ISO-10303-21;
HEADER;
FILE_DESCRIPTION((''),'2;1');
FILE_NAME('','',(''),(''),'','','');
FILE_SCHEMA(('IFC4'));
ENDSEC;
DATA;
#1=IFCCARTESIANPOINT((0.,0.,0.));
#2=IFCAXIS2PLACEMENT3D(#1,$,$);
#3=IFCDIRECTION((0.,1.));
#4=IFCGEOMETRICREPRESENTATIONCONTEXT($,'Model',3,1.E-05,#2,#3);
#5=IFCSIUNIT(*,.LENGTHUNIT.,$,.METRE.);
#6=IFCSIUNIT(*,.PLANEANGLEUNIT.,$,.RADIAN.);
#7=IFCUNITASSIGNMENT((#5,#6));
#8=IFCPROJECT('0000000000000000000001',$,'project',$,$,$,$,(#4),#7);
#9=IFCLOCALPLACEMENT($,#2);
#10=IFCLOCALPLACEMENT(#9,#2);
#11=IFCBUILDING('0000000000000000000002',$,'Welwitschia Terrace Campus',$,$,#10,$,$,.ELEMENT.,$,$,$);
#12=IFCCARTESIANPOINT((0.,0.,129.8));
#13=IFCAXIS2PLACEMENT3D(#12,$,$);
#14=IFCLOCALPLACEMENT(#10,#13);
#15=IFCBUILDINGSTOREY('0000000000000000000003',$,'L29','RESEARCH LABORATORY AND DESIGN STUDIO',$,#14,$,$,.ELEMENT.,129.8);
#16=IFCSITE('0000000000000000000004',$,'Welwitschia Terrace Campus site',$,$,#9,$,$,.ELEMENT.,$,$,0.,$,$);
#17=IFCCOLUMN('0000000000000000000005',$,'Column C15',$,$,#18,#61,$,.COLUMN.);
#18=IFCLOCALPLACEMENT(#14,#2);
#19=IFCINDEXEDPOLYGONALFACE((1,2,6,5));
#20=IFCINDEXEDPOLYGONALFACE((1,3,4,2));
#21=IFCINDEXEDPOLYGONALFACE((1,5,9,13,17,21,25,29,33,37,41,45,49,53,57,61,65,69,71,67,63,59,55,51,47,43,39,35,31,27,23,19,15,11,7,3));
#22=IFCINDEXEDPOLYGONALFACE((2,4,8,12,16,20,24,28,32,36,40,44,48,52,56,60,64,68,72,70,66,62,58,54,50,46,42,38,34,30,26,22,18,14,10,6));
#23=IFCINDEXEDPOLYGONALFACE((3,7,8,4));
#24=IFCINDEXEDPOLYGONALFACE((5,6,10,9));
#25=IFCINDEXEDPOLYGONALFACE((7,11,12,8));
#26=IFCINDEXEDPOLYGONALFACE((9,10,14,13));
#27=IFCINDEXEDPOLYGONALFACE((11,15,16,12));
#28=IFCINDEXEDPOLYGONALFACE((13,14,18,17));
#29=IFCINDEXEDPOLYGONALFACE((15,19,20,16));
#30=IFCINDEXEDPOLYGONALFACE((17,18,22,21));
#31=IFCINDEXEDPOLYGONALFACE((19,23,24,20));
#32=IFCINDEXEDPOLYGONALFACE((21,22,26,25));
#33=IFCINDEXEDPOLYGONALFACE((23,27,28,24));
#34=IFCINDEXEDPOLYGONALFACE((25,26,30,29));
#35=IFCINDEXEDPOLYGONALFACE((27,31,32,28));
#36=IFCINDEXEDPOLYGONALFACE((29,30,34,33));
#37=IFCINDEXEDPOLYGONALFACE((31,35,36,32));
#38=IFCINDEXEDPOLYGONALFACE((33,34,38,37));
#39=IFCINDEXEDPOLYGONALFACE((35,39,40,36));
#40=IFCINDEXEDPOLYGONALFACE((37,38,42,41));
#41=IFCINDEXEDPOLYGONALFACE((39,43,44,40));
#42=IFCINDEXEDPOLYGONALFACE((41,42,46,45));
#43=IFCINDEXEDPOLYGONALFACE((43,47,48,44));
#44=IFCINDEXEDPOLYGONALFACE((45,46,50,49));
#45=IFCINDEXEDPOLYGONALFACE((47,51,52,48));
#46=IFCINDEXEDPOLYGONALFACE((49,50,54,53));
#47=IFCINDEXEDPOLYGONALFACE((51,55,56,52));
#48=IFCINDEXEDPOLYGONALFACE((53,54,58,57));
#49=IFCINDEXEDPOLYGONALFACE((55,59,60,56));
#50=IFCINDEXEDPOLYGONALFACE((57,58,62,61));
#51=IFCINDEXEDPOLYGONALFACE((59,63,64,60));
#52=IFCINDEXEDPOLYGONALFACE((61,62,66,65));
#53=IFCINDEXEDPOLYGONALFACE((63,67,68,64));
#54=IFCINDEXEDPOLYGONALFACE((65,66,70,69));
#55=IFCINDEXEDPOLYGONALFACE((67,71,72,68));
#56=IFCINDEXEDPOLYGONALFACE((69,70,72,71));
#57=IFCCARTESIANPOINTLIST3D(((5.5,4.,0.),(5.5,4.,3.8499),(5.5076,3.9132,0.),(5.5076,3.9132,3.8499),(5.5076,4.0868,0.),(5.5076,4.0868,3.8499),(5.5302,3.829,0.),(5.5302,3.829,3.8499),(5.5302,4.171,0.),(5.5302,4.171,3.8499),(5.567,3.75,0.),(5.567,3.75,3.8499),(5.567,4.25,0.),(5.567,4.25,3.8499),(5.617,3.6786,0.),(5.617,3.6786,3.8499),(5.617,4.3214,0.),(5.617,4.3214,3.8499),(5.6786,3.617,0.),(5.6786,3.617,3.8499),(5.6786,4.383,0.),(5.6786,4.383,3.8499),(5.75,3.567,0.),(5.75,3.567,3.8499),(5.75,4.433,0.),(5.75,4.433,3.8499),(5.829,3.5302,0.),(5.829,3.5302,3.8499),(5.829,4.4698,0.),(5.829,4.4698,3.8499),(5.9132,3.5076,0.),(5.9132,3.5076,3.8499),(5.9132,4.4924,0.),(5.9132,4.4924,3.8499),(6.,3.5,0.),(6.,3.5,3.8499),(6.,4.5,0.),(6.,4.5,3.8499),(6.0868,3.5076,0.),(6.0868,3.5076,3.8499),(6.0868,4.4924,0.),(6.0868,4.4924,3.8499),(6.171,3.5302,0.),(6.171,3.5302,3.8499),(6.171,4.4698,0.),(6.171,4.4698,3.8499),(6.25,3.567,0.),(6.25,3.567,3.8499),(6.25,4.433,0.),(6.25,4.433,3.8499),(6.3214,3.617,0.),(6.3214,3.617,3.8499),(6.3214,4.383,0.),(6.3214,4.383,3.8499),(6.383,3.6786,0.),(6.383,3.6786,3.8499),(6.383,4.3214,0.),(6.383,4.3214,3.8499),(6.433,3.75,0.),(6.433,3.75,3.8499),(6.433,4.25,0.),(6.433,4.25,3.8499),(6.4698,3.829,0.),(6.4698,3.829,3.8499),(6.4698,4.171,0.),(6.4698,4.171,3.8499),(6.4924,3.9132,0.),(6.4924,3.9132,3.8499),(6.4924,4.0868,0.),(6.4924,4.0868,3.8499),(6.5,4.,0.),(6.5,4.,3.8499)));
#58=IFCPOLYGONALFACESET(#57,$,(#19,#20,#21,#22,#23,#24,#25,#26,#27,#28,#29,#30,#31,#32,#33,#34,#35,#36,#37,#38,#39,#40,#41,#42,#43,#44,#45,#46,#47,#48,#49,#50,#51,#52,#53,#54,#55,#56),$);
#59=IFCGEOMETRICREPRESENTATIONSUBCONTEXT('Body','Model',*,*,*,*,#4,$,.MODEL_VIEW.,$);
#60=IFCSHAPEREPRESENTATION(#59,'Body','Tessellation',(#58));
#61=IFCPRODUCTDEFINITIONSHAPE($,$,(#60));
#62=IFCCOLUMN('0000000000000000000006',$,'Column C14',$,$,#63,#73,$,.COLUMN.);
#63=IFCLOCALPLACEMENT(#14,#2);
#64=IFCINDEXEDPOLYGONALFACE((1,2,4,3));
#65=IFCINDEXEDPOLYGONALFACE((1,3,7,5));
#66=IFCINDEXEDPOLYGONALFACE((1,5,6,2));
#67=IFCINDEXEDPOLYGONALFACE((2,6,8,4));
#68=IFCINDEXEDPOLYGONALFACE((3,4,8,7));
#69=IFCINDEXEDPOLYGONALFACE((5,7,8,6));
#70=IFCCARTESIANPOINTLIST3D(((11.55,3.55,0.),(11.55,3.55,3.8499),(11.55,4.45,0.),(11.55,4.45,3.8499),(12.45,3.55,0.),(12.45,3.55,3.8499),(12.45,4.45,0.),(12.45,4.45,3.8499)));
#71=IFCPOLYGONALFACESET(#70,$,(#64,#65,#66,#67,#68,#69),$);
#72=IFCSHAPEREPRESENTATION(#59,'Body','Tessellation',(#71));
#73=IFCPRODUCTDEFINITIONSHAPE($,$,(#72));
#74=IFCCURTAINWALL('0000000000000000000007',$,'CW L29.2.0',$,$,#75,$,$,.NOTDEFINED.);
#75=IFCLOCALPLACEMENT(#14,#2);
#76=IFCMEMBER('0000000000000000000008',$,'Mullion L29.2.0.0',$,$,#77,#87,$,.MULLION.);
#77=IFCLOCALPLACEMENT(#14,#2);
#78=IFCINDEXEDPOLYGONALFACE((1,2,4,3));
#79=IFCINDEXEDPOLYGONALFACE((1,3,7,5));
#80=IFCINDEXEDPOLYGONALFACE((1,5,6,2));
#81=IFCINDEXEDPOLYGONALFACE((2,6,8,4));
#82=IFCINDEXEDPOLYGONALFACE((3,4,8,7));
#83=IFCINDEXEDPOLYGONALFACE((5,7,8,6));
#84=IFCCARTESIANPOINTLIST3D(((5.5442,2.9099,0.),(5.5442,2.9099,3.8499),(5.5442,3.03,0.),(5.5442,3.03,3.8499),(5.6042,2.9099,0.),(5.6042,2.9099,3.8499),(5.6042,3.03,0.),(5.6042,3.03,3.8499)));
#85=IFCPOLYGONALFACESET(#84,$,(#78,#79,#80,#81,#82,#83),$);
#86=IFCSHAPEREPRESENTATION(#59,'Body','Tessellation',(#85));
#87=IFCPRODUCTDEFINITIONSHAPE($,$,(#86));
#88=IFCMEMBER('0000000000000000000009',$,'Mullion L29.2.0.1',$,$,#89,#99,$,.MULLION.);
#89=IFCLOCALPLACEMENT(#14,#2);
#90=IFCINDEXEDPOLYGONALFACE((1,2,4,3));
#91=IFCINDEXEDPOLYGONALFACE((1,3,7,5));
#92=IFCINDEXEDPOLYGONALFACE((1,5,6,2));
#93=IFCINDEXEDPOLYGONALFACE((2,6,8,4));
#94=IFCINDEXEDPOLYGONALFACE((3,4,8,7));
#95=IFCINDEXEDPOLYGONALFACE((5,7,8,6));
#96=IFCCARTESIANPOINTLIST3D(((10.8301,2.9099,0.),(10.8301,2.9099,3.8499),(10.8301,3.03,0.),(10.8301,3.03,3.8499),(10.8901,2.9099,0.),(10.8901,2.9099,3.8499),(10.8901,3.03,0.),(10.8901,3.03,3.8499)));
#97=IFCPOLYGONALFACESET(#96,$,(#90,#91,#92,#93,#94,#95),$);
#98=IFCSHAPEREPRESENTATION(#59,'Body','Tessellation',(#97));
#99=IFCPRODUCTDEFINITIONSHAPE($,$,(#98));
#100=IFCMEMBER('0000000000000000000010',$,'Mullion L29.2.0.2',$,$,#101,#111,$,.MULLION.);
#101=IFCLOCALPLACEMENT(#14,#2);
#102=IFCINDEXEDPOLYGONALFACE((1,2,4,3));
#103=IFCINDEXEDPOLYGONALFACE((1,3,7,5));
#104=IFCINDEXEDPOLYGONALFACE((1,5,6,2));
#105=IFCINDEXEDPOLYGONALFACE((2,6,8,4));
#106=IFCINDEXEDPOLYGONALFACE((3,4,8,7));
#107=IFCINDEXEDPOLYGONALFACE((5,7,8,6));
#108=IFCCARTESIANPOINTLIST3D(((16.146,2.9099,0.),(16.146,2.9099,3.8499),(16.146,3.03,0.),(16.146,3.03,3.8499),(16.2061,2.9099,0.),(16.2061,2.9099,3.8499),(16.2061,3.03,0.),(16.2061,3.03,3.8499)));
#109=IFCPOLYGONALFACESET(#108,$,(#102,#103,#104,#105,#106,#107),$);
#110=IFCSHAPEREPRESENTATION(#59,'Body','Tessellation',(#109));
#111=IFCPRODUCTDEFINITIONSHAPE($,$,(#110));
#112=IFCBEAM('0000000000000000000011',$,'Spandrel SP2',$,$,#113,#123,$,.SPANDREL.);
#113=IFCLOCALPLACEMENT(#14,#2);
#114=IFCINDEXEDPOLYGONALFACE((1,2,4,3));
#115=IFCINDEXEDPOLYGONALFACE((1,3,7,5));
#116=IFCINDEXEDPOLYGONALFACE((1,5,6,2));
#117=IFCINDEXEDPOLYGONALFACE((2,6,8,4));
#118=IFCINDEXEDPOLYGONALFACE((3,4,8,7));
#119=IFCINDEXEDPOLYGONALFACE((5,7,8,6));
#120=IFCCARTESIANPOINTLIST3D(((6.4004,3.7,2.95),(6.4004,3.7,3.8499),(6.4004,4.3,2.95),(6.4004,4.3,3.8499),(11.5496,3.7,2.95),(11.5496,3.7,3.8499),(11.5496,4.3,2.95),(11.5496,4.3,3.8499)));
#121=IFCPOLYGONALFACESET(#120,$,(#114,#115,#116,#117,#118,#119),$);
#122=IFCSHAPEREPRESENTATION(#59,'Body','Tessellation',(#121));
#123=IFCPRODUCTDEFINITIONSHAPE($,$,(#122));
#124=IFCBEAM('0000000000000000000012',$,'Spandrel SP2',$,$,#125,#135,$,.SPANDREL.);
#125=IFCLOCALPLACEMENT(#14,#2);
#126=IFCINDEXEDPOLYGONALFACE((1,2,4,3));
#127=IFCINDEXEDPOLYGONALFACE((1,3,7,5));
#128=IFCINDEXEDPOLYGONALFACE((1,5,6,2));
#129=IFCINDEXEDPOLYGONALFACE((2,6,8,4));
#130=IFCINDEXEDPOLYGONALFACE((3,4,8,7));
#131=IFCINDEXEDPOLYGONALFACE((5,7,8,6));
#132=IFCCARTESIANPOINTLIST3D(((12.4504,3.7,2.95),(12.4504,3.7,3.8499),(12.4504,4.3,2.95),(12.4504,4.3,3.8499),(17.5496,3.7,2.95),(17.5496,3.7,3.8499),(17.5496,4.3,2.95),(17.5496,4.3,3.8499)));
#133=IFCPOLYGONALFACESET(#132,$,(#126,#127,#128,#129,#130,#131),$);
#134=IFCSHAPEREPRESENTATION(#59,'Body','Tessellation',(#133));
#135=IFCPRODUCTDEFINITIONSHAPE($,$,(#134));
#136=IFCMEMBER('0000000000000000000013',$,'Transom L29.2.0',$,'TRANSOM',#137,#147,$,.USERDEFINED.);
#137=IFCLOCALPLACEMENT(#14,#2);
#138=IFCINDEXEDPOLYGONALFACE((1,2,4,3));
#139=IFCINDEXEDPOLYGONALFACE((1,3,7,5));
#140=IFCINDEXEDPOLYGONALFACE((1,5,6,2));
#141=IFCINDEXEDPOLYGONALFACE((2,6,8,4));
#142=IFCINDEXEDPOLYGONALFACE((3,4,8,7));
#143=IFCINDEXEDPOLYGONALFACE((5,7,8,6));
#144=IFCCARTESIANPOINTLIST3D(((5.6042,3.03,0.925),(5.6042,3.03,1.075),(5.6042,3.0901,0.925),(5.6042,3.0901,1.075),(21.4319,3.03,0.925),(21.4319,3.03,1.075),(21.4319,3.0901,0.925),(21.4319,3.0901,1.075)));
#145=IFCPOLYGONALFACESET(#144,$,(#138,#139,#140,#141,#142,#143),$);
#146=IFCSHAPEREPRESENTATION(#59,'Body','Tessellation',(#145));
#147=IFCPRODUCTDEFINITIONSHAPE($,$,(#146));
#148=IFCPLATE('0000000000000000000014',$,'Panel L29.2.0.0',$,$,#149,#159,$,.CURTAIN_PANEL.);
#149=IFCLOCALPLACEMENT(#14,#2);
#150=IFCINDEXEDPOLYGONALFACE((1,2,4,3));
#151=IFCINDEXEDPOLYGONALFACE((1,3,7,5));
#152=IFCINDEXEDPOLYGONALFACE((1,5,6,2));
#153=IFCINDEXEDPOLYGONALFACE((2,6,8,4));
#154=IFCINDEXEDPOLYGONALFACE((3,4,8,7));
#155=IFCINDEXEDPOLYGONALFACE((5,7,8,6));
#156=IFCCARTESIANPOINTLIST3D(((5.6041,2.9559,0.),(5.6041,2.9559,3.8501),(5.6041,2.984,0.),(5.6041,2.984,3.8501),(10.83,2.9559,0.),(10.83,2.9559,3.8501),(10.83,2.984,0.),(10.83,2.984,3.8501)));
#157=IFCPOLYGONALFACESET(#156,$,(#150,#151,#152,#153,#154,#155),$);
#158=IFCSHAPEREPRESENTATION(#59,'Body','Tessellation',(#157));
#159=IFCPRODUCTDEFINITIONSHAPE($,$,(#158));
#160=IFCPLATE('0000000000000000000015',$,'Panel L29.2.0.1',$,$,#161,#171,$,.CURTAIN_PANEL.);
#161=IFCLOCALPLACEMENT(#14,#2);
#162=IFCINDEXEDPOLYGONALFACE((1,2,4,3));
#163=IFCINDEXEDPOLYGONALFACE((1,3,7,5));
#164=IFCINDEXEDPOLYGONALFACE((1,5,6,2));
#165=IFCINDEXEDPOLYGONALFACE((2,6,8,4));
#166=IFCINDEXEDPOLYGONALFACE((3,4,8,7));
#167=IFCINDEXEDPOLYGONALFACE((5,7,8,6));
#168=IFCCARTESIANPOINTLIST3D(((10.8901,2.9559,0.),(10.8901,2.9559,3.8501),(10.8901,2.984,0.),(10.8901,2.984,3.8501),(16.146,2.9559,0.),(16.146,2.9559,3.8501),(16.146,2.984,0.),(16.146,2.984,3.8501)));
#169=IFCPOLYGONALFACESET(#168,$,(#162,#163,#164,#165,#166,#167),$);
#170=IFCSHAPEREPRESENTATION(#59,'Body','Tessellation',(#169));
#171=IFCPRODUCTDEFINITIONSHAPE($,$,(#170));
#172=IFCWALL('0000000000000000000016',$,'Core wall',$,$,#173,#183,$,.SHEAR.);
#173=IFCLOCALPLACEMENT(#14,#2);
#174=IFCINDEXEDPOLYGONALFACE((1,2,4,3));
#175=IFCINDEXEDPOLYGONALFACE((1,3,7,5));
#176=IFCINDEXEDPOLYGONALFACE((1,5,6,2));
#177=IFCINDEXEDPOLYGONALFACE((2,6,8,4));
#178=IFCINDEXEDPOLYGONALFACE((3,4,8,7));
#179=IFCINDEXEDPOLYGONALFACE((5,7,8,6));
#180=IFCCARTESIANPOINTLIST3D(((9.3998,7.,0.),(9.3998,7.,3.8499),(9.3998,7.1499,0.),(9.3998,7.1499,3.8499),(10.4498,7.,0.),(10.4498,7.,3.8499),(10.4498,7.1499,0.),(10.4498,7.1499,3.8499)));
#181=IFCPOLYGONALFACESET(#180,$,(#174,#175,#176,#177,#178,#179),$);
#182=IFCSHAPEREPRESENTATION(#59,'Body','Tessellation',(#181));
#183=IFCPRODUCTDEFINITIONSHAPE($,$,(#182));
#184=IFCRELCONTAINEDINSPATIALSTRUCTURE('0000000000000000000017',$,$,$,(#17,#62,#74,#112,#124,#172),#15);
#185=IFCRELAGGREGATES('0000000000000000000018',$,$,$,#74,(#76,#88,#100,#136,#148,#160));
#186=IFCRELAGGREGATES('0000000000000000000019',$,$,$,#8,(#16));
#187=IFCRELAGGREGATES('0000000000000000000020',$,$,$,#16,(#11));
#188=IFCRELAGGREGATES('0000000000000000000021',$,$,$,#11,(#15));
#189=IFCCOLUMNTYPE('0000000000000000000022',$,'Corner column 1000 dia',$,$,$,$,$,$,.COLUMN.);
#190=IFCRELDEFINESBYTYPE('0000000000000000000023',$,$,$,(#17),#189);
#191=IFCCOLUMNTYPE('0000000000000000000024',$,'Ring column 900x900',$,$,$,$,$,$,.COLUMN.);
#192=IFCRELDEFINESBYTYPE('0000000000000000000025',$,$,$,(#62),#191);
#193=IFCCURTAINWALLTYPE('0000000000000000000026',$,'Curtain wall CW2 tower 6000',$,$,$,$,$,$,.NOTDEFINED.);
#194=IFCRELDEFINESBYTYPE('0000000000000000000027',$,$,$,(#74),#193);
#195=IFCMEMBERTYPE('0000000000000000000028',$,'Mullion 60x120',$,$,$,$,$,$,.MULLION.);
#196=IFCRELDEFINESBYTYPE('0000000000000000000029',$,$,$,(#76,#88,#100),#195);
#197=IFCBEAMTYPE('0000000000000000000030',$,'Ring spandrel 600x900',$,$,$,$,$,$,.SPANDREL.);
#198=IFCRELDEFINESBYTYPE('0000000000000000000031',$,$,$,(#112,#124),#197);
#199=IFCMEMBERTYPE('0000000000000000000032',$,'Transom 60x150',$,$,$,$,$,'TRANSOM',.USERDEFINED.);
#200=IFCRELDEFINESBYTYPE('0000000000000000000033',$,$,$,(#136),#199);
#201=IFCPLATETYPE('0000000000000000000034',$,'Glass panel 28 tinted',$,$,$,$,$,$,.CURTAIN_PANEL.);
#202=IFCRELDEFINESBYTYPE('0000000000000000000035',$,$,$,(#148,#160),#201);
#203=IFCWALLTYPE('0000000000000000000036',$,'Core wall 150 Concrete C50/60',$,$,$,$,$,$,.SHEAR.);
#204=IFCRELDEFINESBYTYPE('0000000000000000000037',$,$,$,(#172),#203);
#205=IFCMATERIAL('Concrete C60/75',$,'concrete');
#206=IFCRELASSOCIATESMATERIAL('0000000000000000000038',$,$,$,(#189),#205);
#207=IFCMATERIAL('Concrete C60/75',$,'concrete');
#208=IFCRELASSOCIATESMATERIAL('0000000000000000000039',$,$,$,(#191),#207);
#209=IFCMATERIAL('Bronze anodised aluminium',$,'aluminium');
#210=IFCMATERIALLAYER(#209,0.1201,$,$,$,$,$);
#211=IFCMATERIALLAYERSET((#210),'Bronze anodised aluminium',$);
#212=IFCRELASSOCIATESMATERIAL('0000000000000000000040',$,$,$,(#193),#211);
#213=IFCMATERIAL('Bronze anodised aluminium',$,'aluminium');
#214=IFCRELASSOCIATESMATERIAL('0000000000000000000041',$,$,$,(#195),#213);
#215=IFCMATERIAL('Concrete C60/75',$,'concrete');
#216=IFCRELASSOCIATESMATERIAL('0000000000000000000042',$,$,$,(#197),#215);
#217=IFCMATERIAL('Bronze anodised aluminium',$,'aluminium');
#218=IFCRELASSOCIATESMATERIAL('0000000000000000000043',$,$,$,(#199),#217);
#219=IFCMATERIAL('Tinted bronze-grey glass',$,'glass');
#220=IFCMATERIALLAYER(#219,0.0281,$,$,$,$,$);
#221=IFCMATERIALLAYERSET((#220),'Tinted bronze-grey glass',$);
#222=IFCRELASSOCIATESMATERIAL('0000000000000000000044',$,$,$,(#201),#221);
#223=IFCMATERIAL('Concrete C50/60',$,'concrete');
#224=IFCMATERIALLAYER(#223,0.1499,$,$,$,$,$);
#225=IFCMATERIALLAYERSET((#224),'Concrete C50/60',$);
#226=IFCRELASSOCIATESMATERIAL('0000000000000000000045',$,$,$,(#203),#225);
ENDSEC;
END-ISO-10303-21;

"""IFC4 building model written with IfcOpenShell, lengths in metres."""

from ifc_helpers import new_model, si_unit, direction, frame, frame_2d, origin, origin_2d, place, context, subcontext, project, spatial, rectangle, circle, extrude, material, layer, layer_set, material_profile, profile_set, type_object, element, aggregate, save


model = new_model("IFC4")

# Units and contexts
model_context = context("Model", 3, precision=1e-05, world=origin(), true_north=direction((0.0, 1.0)))
body_context = subcontext(model_context, "Body", "Model", "MODEL_VIEW")
ifc_project = project(units=[si_unit("LENGTHUNIT", "METRE"), si_unit("PLANEANGLEUNIT", "RADIAN")], contexts=[model_context])

# Site, building, storey
site_placement = place(None, origin())
site = spatial("IfcSite", under=ifc_project, at=site_placement, Name="Welwitschia Terrace Campus site", CompositionType="ELEMENT", RefElevation=0.0)
building_placement = place(site_placement, origin())
building = spatial("IfcBuilding", under=site, at=building_placement, Name="Welwitschia Terrace Campus", CompositionType="ELEMENT")
storey_placement = place(building_placement, frame((0.0, 0.0, 129.8)))
storey = spatial("IfcBuildingStorey", under=building, at=storey_placement, Name="L29", Description="RESEARCH LABORATORY AND DESIGN STUDIO", CompositionType="ELEMENT", Elevation=129.8)

# Columns
ifc_material_1 = material(Name="Concrete C60/75", Category="concrete")
ifc_material_profile_1 = material_profile(ifc_material_1, circle(Radius=0.5, at=origin_2d()))
ifc_profile_set_1 = profile_set([ifc_material_profile_1], Name="Concrete C60/75")
column_type_1 = type_object("IfcColumnType", Name="Corner column 1000 dia", PredefinedType="COLUMN", material=ifc_profile_set_1)
column_1_placement = place(storey_placement, frame((6.0, 4.0, 0.0), z_axis=(0.0, 0.0, 1.0), x_axis=(1.0, 0.0, 0.0)))
element("IfcColumn", 1, at=column_1_placement, inside=storey, type_object=column_type_1, Name="Column C15", PredefinedType="COLUMN", context=body_context, shape_type="SweptSolid", body=[
    extrude(circle(Radius=0.5, at=origin_2d()), origin(), (0.0, 0.0, 1.0), 3.8499),
])
ifc_material_2 = material(Name="Concrete C60/75", Category="concrete")
ifc_material_profile_2 = material_profile(ifc_material_2, rectangle(XDim=0.8999, YDim=0.8999, at=origin_2d()))
ifc_profile_set_2 = profile_set([ifc_material_profile_2], Name="Concrete C60/75")
column_type_2 = type_object("IfcColumnType", Name="Ring column 900x900", PredefinedType="COLUMN", material=ifc_profile_set_2)
column_2_placement = place(storey_placement, frame((12.0, 4.0, 0.0), z_axis=(0.0, 0.0, 1.0), x_axis=(1.0, 0.0, 0.0)))
element("IfcColumn", 2, at=column_2_placement, inside=storey, type_object=column_type_2, Name="Column C14", PredefinedType="COLUMN", context=body_context, shape_type="SweptSolid", body=[
    extrude(rectangle(XDim=0.8999, YDim=0.8999, at=origin_2d()), origin(), (0.0, 0.0, 1.0), 3.8499),
])

# Curtain wall, members
ifc_material_3 = material(Name="Bronze anodised aluminium", Category="aluminium")
ifc_layer_1 = layer(ifc_material_3, 0.1201)
ifc_layer_set_1 = layer_set([ifc_layer_1], Name="Bronze anodised aluminium")
curtain_wall_type = type_object("IfcCurtainWallType", Name="Curtain wall CW2 tower 6000", PredefinedType="NOTDEFINED", material=ifc_layer_set_1)
curtain_wall_placement = place(storey_placement, origin())
curtain_wall = element("IfcCurtainWall", 3, at=curtain_wall_placement, inside=storey, type_object=curtain_wall_type, Name="CW L29.2.0", PredefinedType="NOTDEFINED")
ifc_material_4 = material(Name="Bronze anodised aluminium", Category="aluminium")
ifc_material_profile_3 = material_profile(ifc_material_4, rectangle(XDim=0.1201, YDim=0.0601, at=origin_2d()))
ifc_profile_set_3 = profile_set([ifc_material_profile_3], Name="Bronze anodised aluminium")
member_type_1 = type_object("IfcMemberType", Name="Mullion 60x120", PredefinedType="MULLION", material=ifc_profile_set_3)
member_1_placement = place(storey_placement, frame((5.5742, 2.97, 0.0), z_axis=(0.0, 0.0, 1.0), x_axis=(0.0, 1.0, 0.0)))
member_1 = element("IfcMember", 4, at=member_1_placement, type_object=member_type_1, Name="Mullion L29.2.0.0", PredefinedType="MULLION", context=body_context, shape_type="SweptSolid", body=[
    extrude(rectangle(XDim=0.1201, YDim=0.0601, at=origin_2d()), origin(), (0.0, 0.0, 1.0), 3.8499),
])
member_2_placement = place(storey_placement, frame((10.8601, 2.97, 0.0), z_axis=(0.0, 0.0, 1.0), x_axis=(0.0, 1.0, 0.0)))
member_2 = element("IfcMember", 5, at=member_2_placement, type_object=member_type_1, Name="Mullion L29.2.0.1", PredefinedType="MULLION", context=body_context, shape_type="SweptSolid", body=[
    extrude(rectangle(XDim=0.1201, YDim=0.0601, at=origin_2d()), origin(), (0.0, 0.0, 1.0), 3.8499),
])
member_3_placement = place(storey_placement, frame((16.176, 2.97, 0.0), z_axis=(0.0, 0.0, 1.0), x_axis=(0.0, 1.0, 0.0)))
member_3 = element("IfcMember", 6, at=member_3_placement, type_object=member_type_1, Name="Mullion L29.2.0.2", PredefinedType="MULLION", context=body_context, shape_type="SweptSolid", body=[
    extrude(rectangle(XDim=0.1201, YDim=0.0601, at=origin_2d()), origin(), (0.0, 0.0, 1.0), 3.8499),
])

# Beams
ifc_material_5 = material(Name="Concrete C60/75", Category="concrete")
ifc_material_profile_4 = material_profile(ifc_material_5, rectangle(XDim=0.6001, YDim=0.8999, at=origin_2d()))
ifc_profile_set_4 = profile_set([ifc_material_profile_4], Name="Concrete C60/75")
beam_type = type_object("IfcBeamType", Name="Ring spandrel 600x900", PredefinedType="SPANDREL", material=ifc_profile_set_4)
beam_1_placement = place(storey_placement, frame((6.4004, 4.0, 3.3999), z_axis=(1.0, 0.0, 0.0), x_axis=(0.0, 1.0, 0.0)))
element("IfcBeam", 7, at=beam_1_placement, inside=storey, type_object=beam_type, Name="Spandrel SP2", PredefinedType="SPANDREL", context=body_context, shape_type="SweptSolid", body=[
    extrude(rectangle(XDim=0.6001, YDim=0.8999, at=origin_2d()), origin(), (0.0, 0.0, 1.0), 5.1492),
])
beam_2_placement = place(storey_placement, frame((12.4504, 4.0, 3.3999), z_axis=(1.0, 0.0, 0.0), x_axis=(0.0, 1.0, 0.0)))
element("IfcBeam", 8, at=beam_2_placement, inside=storey, type_object=beam_type, Name="Spandrel SP2", PredefinedType="SPANDREL", context=body_context, shape_type="SweptSolid", body=[
    extrude(rectangle(XDim=0.6001, YDim=0.8999, at=origin_2d()), origin(), (0.0, 0.0, 1.0), 5.0991),
])

# Member
ifc_material_6 = material(Name="Bronze anodised aluminium", Category="aluminium")
ifc_material_profile_5 = material_profile(ifc_material_6, rectangle(XDim=0.0601, YDim=0.1499, at=origin_2d()))
ifc_profile_set_5 = profile_set([ifc_material_profile_5], Name="Bronze anodised aluminium")
member_type_2 = type_object("IfcMemberType", Name="Transom 60x150", ElementType="TRANSOM", PredefinedType="USERDEFINED", material=ifc_profile_set_5)
member_4_placement = place(storey_placement, frame((5.6042, 3.0601, 1.0), z_axis=(1.0, 0.0, 0.0), x_axis=(0.0, 1.0, 0.0)))
member_4 = element("IfcMember", 9, at=member_4_placement, type_object=member_type_2, Name="Transom L29.2.0", ObjectType="TRANSOM", PredefinedType="USERDEFINED", context=body_context, shape_type="SweptSolid", body=[
    extrude(rectangle(XDim=0.0601, YDim=0.1499, at=origin_2d()), origin(), (0.0, 0.0, 1.0), 15.8276),
])

# Plates
ifc_material_7 = material(Name="Tinted bronze-grey glass", Category="glass")
ifc_layer_2 = layer(ifc_material_7, 0.0281)
ifc_layer_set_2 = layer_set([ifc_layer_2], Name="Tinted bronze-grey glass")
plate_type = type_object("IfcPlateType", Name="Glass panel 28 tinted", PredefinedType="CURTAIN_PANEL", material=ifc_layer_set_2)
plate_1_placement = place(storey_placement, frame((8.217, 2.97, 0.0), z_axis=(0.0, 0.0, 1.0), x_axis=(1.0, 0.0, 0.0)))
plate_1 = element("IfcPlate", 10, at=plate_1_placement, type_object=plate_type, Name="Panel L29.2.0.0", PredefinedType="CURTAIN_PANEL", context=body_context, shape_type="SweptSolid", body=[
    extrude(rectangle(XDim=5.2258, YDim=0.0281, at=origin_2d()), origin(), (0.0, 0.0, 1.0), 3.8501),
])
plate_2_placement = place(storey_placement, frame((13.5181, 2.97, 0.0), z_axis=(0.0, 0.0, 1.0), x_axis=(1.0, 0.0, 0.0)))
plate_2 = element("IfcPlate", 11, at=plate_2_placement, type_object=plate_type, Name="Panel L29.2.0.1", PredefinedType="CURTAIN_PANEL", context=body_context, shape_type="SweptSolid", body=[
    extrude(rectangle(XDim=5.2559, YDim=0.0281, at=origin_2d()), origin(), (0.0, 0.0, 1.0), 3.8501),
])
aggregate(curtain_wall, [member_1, member_2, member_3, member_4, plate_1, plate_2])

# Wall
ifc_material_8 = material(Name="Concrete C50/60", Category="concrete")
ifc_layer_3 = layer(ifc_material_8, 0.1499)
ifc_layer_set_3 = layer_set([ifc_layer_3], Name="Concrete C50/60")
wall_type_1 = type_object("IfcWallType", Name="Core wall 150 Concrete C50/60", PredefinedType="SHEAR", material=ifc_layer_set_3)
for number, where, z_axis, x_axis, name in (
    (12, (9.3999, 7.075, 0.0), (0.0, 0.0, 1.0), (1.0, 0.0, 0.0), "Core wall"),
):
    element("IfcWall", number, at=place(storey_placement, frame(where, z_axis=z_axis, x_axis=x_axis)), inside=storey, type_object=wall_type_1, Name=name, PredefinedType="SHEAR", context=body_context, shape_type="SweptSolid", body=[
        extrude(rectangle(XDim=1.05, YDim=0.1499, at=frame_2d((0.5249, 0.0))), origin(), (0.0, 0.0, 1.0), 3.8499),
    ])

save(model, "model.ifc")
